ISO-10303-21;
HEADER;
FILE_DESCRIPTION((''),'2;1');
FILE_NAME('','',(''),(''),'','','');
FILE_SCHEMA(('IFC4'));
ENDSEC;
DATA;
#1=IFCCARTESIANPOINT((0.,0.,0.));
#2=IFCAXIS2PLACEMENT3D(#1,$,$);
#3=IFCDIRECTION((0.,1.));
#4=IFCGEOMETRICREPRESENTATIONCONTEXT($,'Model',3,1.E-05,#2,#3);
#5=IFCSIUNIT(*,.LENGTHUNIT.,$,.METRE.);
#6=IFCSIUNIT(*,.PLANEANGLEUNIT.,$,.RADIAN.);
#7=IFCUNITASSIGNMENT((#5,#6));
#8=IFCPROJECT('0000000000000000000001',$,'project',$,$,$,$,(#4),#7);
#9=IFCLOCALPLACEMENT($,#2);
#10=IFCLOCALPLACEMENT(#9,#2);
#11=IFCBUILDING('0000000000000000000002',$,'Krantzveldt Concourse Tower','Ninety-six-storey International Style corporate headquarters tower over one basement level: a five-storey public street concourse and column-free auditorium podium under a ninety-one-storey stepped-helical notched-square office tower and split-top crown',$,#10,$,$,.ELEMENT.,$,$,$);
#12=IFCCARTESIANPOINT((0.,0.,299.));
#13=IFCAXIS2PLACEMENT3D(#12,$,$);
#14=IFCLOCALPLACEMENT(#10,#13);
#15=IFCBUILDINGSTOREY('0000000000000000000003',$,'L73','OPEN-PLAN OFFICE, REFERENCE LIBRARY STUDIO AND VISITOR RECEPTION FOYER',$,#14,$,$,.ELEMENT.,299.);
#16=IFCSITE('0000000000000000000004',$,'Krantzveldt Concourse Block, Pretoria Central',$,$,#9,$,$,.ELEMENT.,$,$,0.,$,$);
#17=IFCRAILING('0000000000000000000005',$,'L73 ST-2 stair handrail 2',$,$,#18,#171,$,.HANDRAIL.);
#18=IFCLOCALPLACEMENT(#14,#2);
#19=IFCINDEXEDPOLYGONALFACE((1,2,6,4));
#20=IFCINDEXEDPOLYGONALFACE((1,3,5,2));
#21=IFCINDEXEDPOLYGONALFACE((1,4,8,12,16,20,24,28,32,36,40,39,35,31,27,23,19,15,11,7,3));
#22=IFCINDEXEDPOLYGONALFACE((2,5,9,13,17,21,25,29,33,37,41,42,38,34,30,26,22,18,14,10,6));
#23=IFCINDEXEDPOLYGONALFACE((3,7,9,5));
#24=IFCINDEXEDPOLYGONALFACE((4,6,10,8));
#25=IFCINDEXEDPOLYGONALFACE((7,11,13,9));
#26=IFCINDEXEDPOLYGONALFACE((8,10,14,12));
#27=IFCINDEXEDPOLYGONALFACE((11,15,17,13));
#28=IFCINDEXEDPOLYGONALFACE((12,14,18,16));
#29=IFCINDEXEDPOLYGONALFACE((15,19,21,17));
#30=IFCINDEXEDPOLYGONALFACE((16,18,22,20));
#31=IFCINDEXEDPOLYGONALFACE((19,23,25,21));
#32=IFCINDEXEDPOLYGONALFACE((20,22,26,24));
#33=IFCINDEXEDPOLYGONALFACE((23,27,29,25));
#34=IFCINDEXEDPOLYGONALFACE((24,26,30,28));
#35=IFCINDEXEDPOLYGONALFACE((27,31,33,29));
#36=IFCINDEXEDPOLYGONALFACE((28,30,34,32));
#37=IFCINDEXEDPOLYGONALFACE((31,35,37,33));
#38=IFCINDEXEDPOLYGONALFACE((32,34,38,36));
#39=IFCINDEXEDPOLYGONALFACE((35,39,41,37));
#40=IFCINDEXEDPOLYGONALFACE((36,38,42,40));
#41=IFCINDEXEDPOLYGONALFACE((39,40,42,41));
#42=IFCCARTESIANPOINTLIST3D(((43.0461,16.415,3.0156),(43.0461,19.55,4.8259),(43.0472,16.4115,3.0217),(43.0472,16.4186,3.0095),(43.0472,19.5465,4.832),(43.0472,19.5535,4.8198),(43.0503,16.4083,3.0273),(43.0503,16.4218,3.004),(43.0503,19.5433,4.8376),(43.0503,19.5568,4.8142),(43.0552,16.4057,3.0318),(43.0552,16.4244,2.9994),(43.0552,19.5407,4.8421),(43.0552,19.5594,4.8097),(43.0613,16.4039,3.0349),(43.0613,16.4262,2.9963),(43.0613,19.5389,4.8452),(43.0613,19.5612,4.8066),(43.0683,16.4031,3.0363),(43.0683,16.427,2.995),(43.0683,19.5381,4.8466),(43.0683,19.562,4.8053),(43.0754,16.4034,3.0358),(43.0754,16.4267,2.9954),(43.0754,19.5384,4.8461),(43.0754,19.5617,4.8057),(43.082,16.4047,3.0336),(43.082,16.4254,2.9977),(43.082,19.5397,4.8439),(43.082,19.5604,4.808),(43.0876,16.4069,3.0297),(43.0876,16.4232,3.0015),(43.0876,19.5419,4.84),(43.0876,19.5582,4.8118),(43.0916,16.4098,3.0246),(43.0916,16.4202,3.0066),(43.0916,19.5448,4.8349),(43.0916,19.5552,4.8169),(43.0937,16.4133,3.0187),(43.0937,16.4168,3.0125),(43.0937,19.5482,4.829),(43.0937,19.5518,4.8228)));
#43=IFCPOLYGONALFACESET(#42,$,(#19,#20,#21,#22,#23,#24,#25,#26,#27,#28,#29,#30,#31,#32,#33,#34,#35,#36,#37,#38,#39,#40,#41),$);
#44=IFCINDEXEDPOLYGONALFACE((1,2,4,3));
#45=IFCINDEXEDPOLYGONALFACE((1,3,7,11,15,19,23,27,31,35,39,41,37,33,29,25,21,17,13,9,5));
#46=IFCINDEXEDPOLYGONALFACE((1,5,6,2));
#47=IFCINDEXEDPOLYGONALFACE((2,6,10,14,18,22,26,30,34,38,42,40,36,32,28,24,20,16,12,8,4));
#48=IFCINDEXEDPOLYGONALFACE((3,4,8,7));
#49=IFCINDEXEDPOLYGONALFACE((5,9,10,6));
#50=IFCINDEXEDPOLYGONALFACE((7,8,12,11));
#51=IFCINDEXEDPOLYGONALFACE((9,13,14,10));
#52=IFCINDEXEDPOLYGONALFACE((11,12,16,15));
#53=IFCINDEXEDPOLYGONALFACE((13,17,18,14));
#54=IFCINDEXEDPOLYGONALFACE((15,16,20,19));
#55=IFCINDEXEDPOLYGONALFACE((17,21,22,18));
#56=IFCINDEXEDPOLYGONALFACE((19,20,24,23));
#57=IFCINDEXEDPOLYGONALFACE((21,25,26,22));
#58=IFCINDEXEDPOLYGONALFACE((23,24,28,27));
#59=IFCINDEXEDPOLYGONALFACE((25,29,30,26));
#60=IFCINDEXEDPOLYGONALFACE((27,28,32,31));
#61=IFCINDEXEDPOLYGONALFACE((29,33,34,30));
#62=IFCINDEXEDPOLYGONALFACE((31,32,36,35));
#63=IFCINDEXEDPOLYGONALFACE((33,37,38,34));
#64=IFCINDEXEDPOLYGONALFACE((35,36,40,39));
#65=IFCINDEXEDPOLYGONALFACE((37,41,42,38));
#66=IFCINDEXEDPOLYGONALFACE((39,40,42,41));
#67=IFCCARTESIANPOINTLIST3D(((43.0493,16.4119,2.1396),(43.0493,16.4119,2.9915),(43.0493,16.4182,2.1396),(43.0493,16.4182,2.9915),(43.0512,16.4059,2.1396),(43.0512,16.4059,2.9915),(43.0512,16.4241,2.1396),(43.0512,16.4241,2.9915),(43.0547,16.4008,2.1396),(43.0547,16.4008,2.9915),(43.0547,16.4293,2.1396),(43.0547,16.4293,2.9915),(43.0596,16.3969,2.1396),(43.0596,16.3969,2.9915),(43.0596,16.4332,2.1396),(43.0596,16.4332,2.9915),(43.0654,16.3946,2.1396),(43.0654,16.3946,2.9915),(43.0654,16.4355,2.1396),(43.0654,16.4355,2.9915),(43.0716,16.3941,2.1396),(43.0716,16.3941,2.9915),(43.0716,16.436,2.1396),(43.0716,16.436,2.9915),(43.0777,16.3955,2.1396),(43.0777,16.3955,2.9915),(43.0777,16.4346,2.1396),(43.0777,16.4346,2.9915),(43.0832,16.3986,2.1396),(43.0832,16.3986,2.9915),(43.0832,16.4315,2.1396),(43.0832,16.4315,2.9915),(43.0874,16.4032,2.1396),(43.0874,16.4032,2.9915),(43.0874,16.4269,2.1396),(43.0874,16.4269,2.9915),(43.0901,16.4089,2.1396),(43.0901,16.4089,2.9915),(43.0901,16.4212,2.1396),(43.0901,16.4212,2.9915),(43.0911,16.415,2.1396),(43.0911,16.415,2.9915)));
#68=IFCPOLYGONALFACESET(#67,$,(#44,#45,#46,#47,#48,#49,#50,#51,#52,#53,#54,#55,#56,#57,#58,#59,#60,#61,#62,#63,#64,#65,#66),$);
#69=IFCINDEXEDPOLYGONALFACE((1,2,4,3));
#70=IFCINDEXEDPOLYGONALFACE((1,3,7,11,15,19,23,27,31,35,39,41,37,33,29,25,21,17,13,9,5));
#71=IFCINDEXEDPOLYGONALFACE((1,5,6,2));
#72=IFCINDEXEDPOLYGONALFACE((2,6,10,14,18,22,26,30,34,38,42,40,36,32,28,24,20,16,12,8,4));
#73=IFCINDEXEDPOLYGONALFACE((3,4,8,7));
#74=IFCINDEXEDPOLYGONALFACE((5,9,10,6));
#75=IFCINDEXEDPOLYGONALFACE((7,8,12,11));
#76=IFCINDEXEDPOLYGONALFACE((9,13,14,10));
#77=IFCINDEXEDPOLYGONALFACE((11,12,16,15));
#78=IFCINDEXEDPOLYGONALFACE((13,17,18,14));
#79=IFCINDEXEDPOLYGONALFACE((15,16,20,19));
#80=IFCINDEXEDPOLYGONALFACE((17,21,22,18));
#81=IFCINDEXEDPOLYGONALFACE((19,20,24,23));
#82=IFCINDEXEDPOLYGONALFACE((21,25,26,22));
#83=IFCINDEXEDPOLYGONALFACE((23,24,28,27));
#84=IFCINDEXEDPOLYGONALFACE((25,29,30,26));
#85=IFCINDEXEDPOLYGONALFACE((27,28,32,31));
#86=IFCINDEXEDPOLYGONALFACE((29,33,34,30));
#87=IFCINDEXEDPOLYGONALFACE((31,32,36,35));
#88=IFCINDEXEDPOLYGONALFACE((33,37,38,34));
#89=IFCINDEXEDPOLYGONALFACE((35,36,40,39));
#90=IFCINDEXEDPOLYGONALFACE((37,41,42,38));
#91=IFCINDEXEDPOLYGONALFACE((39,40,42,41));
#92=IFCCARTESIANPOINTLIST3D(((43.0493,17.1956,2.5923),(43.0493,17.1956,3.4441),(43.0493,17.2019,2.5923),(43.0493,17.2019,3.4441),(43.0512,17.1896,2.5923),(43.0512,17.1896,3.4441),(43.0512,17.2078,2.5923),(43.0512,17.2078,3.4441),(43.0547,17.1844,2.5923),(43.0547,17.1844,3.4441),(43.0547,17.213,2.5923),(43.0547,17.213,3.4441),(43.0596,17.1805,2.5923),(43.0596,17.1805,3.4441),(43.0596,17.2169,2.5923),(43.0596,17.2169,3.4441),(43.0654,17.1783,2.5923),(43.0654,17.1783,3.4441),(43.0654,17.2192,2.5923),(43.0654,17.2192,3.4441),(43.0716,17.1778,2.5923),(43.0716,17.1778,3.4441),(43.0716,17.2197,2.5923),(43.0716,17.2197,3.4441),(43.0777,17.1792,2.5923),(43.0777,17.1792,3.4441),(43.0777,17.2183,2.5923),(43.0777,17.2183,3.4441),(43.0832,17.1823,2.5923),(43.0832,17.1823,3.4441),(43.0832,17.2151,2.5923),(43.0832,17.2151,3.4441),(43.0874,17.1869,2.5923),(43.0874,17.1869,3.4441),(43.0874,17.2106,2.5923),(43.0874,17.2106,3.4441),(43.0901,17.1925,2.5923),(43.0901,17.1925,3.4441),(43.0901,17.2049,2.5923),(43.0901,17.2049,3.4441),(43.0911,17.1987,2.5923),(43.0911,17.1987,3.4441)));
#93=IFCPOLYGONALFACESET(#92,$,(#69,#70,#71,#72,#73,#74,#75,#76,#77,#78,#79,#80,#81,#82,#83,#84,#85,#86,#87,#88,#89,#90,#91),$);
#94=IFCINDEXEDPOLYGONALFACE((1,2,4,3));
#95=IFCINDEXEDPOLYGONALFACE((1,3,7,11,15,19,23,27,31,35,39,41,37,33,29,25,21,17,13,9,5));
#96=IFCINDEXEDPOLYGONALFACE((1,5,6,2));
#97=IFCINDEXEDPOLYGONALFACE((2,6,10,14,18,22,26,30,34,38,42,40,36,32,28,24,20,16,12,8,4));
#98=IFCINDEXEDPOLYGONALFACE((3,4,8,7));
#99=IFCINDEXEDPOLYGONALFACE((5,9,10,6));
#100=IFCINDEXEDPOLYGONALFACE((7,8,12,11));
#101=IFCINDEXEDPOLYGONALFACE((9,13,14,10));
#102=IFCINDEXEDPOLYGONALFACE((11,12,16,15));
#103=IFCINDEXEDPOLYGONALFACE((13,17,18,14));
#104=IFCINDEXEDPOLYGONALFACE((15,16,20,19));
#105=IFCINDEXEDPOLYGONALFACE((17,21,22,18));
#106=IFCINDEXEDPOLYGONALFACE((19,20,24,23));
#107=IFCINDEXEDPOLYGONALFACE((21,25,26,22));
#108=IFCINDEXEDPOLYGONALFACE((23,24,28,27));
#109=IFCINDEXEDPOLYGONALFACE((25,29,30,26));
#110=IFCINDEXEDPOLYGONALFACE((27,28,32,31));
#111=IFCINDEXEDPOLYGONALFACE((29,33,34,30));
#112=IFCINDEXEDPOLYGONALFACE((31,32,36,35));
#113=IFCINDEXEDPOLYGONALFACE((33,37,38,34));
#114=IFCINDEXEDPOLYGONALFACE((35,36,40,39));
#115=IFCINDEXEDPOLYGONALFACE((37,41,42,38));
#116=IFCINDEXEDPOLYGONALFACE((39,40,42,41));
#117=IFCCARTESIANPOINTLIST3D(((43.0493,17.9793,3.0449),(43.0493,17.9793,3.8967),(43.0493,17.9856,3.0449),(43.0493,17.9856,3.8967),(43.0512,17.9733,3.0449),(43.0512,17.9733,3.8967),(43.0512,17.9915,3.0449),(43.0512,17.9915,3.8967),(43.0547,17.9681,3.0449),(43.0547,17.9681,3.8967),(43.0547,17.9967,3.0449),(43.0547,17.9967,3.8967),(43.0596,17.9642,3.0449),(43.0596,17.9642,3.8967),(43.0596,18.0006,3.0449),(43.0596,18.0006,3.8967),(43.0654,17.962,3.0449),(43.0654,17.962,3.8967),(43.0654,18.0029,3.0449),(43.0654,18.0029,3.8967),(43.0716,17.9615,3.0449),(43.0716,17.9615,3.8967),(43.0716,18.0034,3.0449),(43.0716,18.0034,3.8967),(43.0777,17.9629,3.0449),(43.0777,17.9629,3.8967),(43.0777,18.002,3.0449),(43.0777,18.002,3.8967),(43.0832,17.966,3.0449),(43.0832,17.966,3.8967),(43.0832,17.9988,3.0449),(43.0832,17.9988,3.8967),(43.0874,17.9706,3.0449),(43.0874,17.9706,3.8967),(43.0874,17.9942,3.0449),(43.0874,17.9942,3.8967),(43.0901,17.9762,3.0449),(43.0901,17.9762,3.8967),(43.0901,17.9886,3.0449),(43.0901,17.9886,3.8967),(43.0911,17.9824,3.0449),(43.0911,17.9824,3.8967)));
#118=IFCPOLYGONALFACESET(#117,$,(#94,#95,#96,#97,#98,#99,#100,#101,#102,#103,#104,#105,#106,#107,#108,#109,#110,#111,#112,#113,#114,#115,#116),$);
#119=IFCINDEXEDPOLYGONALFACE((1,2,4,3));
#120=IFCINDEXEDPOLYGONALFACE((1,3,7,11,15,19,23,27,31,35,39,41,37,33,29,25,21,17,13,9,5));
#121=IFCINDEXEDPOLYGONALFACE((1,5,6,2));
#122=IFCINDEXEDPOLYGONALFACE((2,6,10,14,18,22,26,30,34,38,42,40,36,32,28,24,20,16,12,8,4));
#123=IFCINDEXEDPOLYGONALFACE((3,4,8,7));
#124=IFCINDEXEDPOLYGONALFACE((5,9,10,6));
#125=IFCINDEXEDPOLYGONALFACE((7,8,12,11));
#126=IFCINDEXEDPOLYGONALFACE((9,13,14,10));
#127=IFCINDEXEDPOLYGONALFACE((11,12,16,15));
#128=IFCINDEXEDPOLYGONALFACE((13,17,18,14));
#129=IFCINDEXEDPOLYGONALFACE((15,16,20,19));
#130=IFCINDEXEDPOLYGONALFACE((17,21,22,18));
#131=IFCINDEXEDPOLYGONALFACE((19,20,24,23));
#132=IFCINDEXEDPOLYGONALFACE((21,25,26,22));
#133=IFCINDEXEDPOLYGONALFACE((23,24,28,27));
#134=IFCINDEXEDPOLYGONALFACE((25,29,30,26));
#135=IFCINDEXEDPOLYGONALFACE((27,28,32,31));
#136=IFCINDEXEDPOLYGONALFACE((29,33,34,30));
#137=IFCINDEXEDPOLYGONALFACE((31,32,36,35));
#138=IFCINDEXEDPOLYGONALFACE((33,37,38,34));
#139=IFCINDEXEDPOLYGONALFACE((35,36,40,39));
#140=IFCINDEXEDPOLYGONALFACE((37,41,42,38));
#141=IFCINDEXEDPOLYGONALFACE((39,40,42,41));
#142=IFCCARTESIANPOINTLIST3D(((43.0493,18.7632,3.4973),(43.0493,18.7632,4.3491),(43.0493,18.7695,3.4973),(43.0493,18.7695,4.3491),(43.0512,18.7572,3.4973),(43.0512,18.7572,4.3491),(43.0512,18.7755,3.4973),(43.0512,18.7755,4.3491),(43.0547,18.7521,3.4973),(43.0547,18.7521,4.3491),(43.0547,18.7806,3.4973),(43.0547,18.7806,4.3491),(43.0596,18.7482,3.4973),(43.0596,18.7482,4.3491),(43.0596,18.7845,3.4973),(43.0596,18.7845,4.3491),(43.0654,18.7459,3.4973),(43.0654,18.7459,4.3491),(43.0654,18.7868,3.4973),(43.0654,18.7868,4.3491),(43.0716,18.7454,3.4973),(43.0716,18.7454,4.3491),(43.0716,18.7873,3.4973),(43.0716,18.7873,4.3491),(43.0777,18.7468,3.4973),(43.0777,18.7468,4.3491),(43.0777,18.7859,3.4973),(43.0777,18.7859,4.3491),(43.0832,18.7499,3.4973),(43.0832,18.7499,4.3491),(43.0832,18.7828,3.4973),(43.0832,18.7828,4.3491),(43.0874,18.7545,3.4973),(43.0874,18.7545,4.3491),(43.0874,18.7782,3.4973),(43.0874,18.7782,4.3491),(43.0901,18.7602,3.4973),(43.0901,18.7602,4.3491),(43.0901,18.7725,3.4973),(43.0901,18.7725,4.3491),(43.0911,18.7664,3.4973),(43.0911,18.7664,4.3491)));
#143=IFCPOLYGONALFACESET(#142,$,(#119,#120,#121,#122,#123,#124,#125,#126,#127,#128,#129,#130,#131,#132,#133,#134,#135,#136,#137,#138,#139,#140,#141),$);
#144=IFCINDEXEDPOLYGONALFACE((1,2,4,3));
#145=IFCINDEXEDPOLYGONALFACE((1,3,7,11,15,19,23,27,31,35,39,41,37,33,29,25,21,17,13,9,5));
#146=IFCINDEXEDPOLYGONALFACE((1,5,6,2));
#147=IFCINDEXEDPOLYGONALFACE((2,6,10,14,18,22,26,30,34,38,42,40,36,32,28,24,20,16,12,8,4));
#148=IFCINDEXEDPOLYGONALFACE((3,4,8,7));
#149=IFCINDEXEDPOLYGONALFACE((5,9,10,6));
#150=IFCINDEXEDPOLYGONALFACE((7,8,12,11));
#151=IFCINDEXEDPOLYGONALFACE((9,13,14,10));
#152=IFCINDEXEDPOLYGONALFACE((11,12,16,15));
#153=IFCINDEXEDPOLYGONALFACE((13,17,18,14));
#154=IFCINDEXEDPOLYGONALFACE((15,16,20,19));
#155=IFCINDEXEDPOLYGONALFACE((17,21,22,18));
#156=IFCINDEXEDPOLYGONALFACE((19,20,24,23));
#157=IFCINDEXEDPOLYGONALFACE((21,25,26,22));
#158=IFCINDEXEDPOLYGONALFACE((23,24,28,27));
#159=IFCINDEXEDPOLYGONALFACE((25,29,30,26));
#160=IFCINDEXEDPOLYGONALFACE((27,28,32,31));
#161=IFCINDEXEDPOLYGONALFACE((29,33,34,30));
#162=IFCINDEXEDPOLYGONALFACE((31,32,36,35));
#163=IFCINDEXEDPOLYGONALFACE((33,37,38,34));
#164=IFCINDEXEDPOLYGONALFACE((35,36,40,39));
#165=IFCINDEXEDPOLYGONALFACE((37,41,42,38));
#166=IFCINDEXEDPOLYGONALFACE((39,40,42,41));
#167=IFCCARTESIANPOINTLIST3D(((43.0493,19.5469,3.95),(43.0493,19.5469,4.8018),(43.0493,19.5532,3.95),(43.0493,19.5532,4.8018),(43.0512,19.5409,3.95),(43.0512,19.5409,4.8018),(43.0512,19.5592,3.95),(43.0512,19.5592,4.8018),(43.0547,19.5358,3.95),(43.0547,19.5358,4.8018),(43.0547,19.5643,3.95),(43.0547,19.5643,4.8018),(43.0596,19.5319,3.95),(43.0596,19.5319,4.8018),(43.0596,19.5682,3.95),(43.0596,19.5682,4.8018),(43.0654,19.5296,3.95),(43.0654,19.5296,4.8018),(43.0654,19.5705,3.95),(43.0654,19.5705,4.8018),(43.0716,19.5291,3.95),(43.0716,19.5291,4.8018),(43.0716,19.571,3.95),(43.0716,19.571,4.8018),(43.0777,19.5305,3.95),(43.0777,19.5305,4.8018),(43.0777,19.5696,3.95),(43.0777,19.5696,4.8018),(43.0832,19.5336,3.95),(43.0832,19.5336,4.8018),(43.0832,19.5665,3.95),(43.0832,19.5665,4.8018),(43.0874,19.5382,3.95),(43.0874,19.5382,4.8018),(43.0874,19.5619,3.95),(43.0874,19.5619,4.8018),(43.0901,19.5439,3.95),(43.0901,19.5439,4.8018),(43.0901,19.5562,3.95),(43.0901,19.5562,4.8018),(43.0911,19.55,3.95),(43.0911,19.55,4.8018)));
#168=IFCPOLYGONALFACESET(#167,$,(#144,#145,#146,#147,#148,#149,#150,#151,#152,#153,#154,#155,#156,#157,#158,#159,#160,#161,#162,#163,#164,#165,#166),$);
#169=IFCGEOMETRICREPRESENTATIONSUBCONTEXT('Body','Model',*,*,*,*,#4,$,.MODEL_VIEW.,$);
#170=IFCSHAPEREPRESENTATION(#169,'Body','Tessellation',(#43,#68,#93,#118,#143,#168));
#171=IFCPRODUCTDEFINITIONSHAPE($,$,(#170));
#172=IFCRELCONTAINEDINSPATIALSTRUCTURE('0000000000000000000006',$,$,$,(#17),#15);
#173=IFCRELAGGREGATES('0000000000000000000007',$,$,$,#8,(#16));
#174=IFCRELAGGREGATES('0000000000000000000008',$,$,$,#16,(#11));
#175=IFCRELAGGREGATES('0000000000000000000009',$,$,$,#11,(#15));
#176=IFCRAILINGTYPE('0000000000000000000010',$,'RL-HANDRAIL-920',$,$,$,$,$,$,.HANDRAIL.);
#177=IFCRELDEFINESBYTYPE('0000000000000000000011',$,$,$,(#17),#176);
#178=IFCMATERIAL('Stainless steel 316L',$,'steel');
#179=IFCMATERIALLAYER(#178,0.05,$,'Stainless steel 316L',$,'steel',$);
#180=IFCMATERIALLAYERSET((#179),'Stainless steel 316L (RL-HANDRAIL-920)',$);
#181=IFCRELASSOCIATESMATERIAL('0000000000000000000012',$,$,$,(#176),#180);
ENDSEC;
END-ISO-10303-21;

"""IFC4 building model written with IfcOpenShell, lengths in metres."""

from ifc_helpers import new_model, si_unit, direction, frame, origin, origin_2d, place, context, subcontext, project, spatial, circle, extrude, material, layer, layer_set, type_object, element, save


model = new_model("IFC4")

# Units and contexts
model_context = context("Model", 3, precision=1e-05, world=origin(), true_north=direction((0.0, 1.0)))
body_context = subcontext(model_context, "Body", "Model", "MODEL_VIEW")
ifc_project = project(units=[si_unit("LENGTHUNIT", "METRE"), si_unit("PLANEANGLEUNIT", "RADIAN")], contexts=[model_context])

# Site, building, storey
site_placement = place(None, origin())
site = spatial("IfcSite", under=ifc_project, at=site_placement, Name="Krantzveldt Concourse Block, Pretoria Central", CompositionType="ELEMENT", RefElevation=0.0)
building_placement = place(site_placement, origin())
building = spatial("IfcBuilding", under=site, at=building_placement, Name="Krantzveldt Concourse Tower", Description="Ninety-six-storey International Style corporate headquarters tower over one basement level: a five-storey public street concourse and column-free auditorium podium under a ninety-one-storey stepped-helical notched-square office tower and split-top crown", CompositionType="ELEMENT")
storey_placement = place(building_placement, frame((0.0, 0.0, 299.0)))
storey = spatial("IfcBuildingStorey", under=building, at=storey_placement, Name="L73", Description="OPEN-PLAN OFFICE, REFERENCE LIBRARY STUDIO AND VISITOR RECEPTION FOYER", CompositionType="ELEMENT", Elevation=299.0)

# Railing
ifc_material_1 = material(Name="Stainless steel 316L", Category="steel")
ifc_layer_1 = layer(ifc_material_1, 0.05, Name="Stainless steel 316L", Category="steel")
ifc_layer_set_1 = layer_set([ifc_layer_1], Name="Stainless steel 316L (RL-HANDRAIL-920)")
railing_type = type_object("IfcRailingType", Name="RL-HANDRAIL-920", PredefinedType="HANDRAIL", material=ifc_layer_set_1)
railing_placement = place(storey_placement, frame((43.0701, 16.415, 2.1396)))
element("IfcRailing", 1, at=railing_placement, inside=storey, type_object=railing_type, Name="L73 ST-2 stair handrail 2", PredefinedType="HANDRAIL", context=body_context, shape_type="SweptSolid", body=[
    extrude(circle(Radius=0.0239, at=origin_2d()), frame((0.0, 0.0, 0.876), z_axis=(0.0, 0.865989, 0.500063), x_axis=(-1.0, 0.0, 0.0)), (0.0, 0.0, 1.0), 3.6201),
    extrude(circle(Radius=0.021, at=origin_2d()), origin(), (0.0, 0.0, 1.0), 0.8518),
    extrude(circle(Radius=0.021, at=origin_2d()), frame((0.0, 0.7837, 0.4526)), (0.0, 0.0, 1.0), 0.8518),
    extrude(circle(Radius=0.021, at=origin_2d()), frame((0.0, 1.5674, 0.9053)), (0.0, 0.0, 1.0), 0.8518),
    extrude(circle(Radius=0.021, at=origin_2d()), frame((0.0, 2.3513, 1.3577)), (0.0, 0.0, 1.0), 0.8518),
    extrude(circle(Radius=0.021, at=origin_2d()), frame((0.0, 3.135, 1.8103)), (0.0, 0.0, 1.0), 0.8518),
])

save(model, "model.ifc")
